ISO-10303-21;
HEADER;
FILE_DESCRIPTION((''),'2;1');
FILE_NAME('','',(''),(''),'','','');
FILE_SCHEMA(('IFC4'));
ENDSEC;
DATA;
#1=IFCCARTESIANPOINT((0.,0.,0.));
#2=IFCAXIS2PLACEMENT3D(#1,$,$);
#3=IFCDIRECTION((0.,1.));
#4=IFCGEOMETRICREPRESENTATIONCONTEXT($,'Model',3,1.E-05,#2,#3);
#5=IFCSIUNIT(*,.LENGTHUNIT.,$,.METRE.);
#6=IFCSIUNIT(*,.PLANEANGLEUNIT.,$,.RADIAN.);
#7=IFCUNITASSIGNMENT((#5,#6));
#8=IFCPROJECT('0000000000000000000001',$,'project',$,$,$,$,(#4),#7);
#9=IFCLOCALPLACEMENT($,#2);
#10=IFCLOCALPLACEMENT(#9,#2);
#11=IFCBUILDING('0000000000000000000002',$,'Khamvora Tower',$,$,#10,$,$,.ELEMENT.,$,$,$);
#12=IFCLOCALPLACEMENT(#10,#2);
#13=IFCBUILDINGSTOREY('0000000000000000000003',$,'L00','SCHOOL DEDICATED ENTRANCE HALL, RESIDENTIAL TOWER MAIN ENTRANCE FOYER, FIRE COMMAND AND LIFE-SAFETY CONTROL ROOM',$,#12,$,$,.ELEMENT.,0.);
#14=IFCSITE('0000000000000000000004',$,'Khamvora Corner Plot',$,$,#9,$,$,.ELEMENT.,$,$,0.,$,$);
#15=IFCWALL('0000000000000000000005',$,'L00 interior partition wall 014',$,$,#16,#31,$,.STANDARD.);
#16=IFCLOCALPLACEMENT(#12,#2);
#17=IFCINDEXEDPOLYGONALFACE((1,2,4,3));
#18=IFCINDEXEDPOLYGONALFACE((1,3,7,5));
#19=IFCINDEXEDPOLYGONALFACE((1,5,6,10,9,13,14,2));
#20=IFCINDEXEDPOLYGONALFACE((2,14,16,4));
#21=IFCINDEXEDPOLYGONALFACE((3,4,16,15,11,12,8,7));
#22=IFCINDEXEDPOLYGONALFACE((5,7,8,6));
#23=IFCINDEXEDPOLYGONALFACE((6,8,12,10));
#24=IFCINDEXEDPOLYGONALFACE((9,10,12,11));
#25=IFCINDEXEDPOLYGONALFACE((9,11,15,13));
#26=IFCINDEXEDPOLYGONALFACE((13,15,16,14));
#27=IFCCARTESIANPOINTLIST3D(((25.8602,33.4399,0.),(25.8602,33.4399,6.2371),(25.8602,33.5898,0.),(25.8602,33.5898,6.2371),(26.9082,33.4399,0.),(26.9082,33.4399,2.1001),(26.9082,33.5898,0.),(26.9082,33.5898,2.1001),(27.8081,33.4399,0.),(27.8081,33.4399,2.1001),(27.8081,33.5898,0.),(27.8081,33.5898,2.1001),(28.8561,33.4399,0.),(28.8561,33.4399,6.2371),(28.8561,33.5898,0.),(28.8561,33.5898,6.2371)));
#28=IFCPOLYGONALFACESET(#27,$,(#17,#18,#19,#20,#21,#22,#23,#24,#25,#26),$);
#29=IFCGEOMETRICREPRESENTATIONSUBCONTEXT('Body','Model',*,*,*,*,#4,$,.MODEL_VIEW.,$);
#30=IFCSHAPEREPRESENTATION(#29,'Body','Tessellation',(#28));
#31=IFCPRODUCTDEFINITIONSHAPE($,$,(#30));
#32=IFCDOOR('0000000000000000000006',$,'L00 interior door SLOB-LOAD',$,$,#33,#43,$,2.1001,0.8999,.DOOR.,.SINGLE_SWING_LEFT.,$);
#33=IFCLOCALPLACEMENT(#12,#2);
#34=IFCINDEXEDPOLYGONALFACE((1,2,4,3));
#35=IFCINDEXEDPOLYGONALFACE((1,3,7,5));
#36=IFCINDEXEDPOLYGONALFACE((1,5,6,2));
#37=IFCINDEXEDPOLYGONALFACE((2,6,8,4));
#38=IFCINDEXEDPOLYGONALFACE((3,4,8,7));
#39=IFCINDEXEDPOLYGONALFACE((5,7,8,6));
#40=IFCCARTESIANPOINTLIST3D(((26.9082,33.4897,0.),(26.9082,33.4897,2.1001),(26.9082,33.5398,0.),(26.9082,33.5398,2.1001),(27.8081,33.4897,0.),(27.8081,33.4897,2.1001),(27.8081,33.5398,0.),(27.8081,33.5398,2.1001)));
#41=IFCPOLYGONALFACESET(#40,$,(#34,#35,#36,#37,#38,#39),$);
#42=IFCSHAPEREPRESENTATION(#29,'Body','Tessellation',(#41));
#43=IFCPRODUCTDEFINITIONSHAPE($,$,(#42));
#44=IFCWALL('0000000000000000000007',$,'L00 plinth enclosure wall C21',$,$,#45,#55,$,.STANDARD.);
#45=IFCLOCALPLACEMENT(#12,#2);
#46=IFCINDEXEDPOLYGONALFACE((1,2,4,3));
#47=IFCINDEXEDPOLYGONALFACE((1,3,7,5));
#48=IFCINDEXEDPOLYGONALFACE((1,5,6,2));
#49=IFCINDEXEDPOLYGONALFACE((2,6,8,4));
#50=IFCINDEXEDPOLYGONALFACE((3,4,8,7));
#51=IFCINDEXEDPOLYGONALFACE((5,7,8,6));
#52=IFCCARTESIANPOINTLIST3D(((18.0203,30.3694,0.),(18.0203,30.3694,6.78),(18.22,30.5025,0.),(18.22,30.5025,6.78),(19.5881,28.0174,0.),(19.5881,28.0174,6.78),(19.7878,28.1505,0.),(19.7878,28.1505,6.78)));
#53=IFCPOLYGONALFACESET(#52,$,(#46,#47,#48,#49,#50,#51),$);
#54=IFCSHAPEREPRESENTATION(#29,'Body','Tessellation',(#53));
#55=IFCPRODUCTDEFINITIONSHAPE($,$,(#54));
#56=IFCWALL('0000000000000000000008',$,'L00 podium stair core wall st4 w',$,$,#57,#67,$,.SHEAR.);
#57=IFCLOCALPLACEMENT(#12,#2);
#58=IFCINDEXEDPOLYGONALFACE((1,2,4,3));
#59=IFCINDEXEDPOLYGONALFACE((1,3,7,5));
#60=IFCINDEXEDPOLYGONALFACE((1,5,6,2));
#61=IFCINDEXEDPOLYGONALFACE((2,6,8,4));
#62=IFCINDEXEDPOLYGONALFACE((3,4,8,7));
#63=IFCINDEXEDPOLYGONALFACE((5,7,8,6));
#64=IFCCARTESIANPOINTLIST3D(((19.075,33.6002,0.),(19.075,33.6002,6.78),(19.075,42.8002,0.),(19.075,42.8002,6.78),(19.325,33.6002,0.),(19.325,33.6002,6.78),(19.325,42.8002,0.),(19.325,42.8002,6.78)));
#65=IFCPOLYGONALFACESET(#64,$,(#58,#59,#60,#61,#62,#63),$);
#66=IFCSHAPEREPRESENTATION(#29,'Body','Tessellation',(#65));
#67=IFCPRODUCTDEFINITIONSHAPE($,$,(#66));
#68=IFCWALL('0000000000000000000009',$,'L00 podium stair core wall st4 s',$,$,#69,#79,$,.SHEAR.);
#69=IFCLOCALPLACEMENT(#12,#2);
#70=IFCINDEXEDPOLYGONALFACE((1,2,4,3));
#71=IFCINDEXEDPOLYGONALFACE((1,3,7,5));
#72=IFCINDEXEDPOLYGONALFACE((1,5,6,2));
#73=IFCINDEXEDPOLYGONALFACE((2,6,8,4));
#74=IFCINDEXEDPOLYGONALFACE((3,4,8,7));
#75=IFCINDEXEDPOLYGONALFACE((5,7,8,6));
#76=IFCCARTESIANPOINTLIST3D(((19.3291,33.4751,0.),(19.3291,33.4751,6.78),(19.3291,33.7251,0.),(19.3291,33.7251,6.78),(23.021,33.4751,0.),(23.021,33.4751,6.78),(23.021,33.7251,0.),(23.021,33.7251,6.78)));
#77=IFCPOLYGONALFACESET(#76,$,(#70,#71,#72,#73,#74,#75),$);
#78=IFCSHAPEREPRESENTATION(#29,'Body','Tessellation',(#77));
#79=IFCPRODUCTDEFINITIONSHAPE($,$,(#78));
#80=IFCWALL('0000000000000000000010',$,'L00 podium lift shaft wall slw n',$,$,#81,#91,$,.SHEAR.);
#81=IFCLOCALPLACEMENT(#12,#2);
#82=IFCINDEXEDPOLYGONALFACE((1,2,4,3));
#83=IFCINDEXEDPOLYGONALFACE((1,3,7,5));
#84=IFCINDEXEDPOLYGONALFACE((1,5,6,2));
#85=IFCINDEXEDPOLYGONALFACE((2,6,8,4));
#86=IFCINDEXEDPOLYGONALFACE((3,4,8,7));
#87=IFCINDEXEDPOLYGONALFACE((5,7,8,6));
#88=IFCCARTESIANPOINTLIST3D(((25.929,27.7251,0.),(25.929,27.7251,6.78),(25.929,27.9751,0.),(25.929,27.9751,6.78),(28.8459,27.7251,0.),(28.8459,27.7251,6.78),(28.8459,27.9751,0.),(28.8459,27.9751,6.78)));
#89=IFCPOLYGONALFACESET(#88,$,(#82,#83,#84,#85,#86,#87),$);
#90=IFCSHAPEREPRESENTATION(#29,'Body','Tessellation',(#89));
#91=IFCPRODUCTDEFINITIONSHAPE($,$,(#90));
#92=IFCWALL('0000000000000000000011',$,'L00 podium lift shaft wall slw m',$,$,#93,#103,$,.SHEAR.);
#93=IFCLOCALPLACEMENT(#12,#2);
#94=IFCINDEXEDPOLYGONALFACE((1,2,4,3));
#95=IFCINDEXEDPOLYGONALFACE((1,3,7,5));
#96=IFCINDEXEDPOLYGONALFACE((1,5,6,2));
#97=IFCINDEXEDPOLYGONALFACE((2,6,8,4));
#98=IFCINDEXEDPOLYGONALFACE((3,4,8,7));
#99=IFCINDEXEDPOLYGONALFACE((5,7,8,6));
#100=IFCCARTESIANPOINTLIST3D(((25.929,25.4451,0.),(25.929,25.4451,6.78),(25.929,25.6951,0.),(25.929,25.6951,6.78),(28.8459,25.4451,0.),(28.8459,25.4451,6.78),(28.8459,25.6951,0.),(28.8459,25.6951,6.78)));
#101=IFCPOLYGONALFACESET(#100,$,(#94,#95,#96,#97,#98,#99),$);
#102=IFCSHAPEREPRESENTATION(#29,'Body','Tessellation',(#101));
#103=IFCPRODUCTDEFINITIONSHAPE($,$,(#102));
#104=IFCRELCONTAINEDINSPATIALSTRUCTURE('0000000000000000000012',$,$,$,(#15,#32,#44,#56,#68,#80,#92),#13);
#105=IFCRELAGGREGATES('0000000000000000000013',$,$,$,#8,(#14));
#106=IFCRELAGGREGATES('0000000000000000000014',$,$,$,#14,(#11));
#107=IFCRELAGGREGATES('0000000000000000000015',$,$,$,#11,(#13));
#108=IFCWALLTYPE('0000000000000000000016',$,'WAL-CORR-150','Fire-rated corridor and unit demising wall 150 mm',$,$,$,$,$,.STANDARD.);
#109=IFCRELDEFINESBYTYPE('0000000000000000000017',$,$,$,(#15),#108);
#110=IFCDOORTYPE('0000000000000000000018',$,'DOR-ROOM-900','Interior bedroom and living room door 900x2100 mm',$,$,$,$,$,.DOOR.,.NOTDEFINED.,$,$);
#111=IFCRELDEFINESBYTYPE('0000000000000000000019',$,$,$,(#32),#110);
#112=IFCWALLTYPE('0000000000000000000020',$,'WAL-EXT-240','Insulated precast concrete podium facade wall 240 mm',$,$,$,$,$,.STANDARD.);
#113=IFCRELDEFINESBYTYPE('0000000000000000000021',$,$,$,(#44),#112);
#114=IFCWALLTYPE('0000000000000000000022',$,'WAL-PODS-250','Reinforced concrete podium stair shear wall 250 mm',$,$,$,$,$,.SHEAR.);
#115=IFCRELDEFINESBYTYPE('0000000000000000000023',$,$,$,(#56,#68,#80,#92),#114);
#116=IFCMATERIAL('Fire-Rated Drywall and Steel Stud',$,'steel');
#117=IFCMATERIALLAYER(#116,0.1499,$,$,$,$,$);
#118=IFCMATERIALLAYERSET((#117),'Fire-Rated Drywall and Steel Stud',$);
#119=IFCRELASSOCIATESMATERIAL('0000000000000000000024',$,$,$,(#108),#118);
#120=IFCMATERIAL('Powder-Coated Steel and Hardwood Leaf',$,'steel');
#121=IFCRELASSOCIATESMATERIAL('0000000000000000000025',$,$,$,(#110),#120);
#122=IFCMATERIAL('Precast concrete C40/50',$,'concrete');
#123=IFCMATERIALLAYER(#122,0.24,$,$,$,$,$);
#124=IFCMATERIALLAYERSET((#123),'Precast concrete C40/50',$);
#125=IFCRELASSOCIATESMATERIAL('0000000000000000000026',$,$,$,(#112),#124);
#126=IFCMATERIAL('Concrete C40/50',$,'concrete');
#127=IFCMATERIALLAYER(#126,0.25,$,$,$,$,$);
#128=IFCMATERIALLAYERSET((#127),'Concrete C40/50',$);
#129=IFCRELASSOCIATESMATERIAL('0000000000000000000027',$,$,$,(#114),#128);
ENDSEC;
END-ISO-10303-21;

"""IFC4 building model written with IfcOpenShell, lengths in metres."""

from ifc_helpers import new_model, si_unit, direction, frame, frame_2d, origin, place, context, subcontext, project, spatial, rectangle, extrude, material, layer, layer_set, type_object, element, fill, save


model = new_model("IFC4")

# Units and contexts
model_context = context("Model", 3, precision=1e-05, world=origin(), true_north=direction((0.0, 1.0)))
body_context = subcontext(model_context, "Body", "Model", "MODEL_VIEW")
ifc_project = project(units=[si_unit("LENGTHUNIT", "METRE"), si_unit("PLANEANGLEUNIT", "RADIAN")], contexts=[model_context])

# Site, building, storey
site_placement = place(None, origin())
site = spatial("IfcSite", under=ifc_project, at=site_placement, Name="Khamvora Corner Plot", CompositionType="ELEMENT", RefElevation=0.0)
building_placement = place(site_placement, origin())
building = spatial("IfcBuilding", under=site, at=building_placement, Name="Khamvora Tower", CompositionType="ELEMENT")
storey_placement = place(building_placement, origin())
storey = spatial("IfcBuildingStorey", under=building, at=storey_placement, Name="L00", Description="SCHOOL DEDICATED ENTRANCE HALL, RESIDENTIAL TOWER MAIN ENTRANCE FOYER, FIRE COMMAND AND LIFE-SAFETY CONTROL ROOM", CompositionType="ELEMENT", Elevation=0.0)

# Wall, opening, door
ifc_material_1 = material(Name="Fire-Rated Drywall and Steel Stud", Category="steel")
ifc_layer_1 = layer(ifc_material_1, 0.1499)
ifc_layer_set_1 = layer_set([ifc_layer_1], Name="Fire-Rated Drywall and Steel Stud")
wall_type_1 = type_object("IfcWallType", Name="WAL-CORR-150", Description="Fire-rated corridor and unit demising wall 150 mm", PredefinedType="STANDARD", material=ifc_layer_set_1)
ifc_material_2 = material(Name="Powder-Coated Steel and Hardwood Leaf", Category="steel")
wall_1_placement = place(storey_placement, frame((25.8601, 33.5149, 0.0), z_axis=(0.0, 0.0, 1.0), x_axis=(1.0, 0.0, 0.0)))
wall_1 = element("IfcWall", 1, at=wall_1_placement, inside=storey, type_object=wall_type_1, Name="L00 interior partition wall 014", PredefinedType="STANDARD", context=body_context, shape_type="SweptSolid", body=[
    extrude(rectangle(XDim=2.9958, YDim=0.1499, at=frame_2d((1.498, 0.0))), origin(), (0.0, 0.0, 1.0), 6.2371),
])
opening_1_placement = place(wall_1_placement, frame((1.0481, 0.0, 0.0)))
opening_1 = element("IfcOpeningElement", 2, at=opening_1_placement, cuts=wall_1, PredefinedType="OPENING", context=body_context, shape_type="SweptSolid", body=[
    extrude(rectangle(XDim=0.8999, YDim=2.1001, at=frame_2d((0.45, 1.05))), frame((0.0, 0.085, 0.0), z_axis=(0.0, -1.0, 0.0), x_axis=(1.0, 0.0, 0.0)), (0.0, 0.0, 1.0), 0.1699),
])
door_type_1 = type_object("IfcDoorType", Name="DOR-ROOM-900", Description="Interior bedroom and living room door 900x2100 mm", OperationType="NOTDEFINED", PredefinedType="DOOR", material=ifc_material_2)
door_1_placement = place(opening_1_placement, origin())
door_1 = element("IfcDoor", 3, at=door_1_placement, inside=storey, type_object=door_type_1, Name="L00 interior door SLOB-LOAD", OperationType="SINGLE_SWING_LEFT", OverallHeight=2.1001, OverallWidth=0.8999, PredefinedType="DOOR", context=body_context, shape_type="SweptSolid", body=[
    extrude(rectangle(XDim=0.8999, YDim=2.1001, at=frame_2d((0.45, 1.05))), frame((0.0, 0.0249, 0.0), z_axis=(0.0, -1.0, 0.0), x_axis=(1.0, 0.0, 0.0)), (0.0, 0.0, 1.0), 0.05),
])
fill(opening_1, door_1)

# Walls
ifc_material_3 = material(Name="Precast concrete C40/50", Category="concrete")
ifc_layer_2 = layer(ifc_material_3, 0.24)
ifc_layer_set_2 = layer_set([ifc_layer_2], Name="Precast concrete C40/50")
wall_type_2 = type_object("IfcWallType", Name="WAL-EXT-240", Description="Insulated precast concrete podium facade wall 240 mm", PredefinedType="STANDARD", material=ifc_layer_set_2)
wall_2_placement = place(storey_placement, frame((19.688, 28.084, 0.0), z_axis=(0.0, 0.0, 1.0), x_axis=(-0.55466, 0.832077, 0.0)))
element("IfcWall", 4, at=wall_2_placement, inside=storey, type_object=wall_type_2, Name="L00 plinth enclosure wall C21", PredefinedType="STANDARD", context=body_context, shape_type="SweptSolid", body=[
    extrude(rectangle(XDim=2.8267, YDim=0.24, at=frame_2d((1.4133, 0.0))), origin(), (0.0, 0.0, 1.0), 6.78),
])
ifc_material_4 = material(Name="Concrete C40/50", Category="concrete")
ifc_layer_3 = layer(ifc_material_4, 0.25)
ifc_layer_set_3 = layer_set([ifc_layer_3], Name="Concrete C40/50")
wall_type_3 = type_object("IfcWallType", Name="WAL-PODS-250", Description="Reinforced concrete podium stair shear wall 250 mm", PredefinedType="SHEAR", material=ifc_layer_set_3)
wall_3_placement = place(storey_placement, frame((19.2, 33.6001, 0.0), z_axis=(0.0, 0.0, 1.0), x_axis=(0.0, 1.0, 0.0)))
element("IfcWall", 5, at=wall_3_placement, inside=storey, type_object=wall_type_3, Name="L00 podium stair core wall st4 w", PredefinedType="SHEAR", context=body_context, shape_type="SweptSolid", body=[
    extrude(rectangle(XDim=9.2, YDim=0.25, at=frame_2d((4.6001, 0.0))), origin(), (0.0, 0.0, 1.0), 6.78),
])
wall_4_placement = place(storey_placement, frame((19.3291, 33.6001, 0.0), z_axis=(0.0, 0.0, 1.0), x_axis=(1.0, 0.0, 0.0)))
element("IfcWall", 6, at=wall_4_placement, inside=storey, type_object=wall_type_3, Name="L00 podium stair core wall st4 s", PredefinedType="SHEAR", context=body_context, shape_type="SweptSolid", body=[
    extrude(rectangle(XDim=3.6919, YDim=0.25, at=frame_2d((1.8459, 0.0))), origin(), (0.0, 0.0, 1.0), 6.78),
])
for number, where, z_axis, x_axis, name in (
    (7, (25.929, 27.8501, 0.0), (0.0, 0.0, 1.0), (1.0, 0.0, 0.0), "L00 podium lift shaft wall slw n"),
    (8, (25.929, 25.5701, 0.0), (0.0, 0.0, 1.0), (1.0, 0.0, 0.0), "L00 podium lift shaft wall slw m"),
):
    element("IfcWall", number, at=place(storey_placement, frame(where, z_axis=z_axis, x_axis=x_axis)), inside=storey, type_object=wall_type_3, Name=name, PredefinedType="SHEAR", context=body_context, shape_type="SweptSolid", body=[
        extrude(rectangle(XDim=2.917, YDim=0.25, at=frame_2d((1.4585, 0.0))), origin(), (0.0, 0.0, 1.0), 6.78),
    ])

save(model, "model.ifc")
